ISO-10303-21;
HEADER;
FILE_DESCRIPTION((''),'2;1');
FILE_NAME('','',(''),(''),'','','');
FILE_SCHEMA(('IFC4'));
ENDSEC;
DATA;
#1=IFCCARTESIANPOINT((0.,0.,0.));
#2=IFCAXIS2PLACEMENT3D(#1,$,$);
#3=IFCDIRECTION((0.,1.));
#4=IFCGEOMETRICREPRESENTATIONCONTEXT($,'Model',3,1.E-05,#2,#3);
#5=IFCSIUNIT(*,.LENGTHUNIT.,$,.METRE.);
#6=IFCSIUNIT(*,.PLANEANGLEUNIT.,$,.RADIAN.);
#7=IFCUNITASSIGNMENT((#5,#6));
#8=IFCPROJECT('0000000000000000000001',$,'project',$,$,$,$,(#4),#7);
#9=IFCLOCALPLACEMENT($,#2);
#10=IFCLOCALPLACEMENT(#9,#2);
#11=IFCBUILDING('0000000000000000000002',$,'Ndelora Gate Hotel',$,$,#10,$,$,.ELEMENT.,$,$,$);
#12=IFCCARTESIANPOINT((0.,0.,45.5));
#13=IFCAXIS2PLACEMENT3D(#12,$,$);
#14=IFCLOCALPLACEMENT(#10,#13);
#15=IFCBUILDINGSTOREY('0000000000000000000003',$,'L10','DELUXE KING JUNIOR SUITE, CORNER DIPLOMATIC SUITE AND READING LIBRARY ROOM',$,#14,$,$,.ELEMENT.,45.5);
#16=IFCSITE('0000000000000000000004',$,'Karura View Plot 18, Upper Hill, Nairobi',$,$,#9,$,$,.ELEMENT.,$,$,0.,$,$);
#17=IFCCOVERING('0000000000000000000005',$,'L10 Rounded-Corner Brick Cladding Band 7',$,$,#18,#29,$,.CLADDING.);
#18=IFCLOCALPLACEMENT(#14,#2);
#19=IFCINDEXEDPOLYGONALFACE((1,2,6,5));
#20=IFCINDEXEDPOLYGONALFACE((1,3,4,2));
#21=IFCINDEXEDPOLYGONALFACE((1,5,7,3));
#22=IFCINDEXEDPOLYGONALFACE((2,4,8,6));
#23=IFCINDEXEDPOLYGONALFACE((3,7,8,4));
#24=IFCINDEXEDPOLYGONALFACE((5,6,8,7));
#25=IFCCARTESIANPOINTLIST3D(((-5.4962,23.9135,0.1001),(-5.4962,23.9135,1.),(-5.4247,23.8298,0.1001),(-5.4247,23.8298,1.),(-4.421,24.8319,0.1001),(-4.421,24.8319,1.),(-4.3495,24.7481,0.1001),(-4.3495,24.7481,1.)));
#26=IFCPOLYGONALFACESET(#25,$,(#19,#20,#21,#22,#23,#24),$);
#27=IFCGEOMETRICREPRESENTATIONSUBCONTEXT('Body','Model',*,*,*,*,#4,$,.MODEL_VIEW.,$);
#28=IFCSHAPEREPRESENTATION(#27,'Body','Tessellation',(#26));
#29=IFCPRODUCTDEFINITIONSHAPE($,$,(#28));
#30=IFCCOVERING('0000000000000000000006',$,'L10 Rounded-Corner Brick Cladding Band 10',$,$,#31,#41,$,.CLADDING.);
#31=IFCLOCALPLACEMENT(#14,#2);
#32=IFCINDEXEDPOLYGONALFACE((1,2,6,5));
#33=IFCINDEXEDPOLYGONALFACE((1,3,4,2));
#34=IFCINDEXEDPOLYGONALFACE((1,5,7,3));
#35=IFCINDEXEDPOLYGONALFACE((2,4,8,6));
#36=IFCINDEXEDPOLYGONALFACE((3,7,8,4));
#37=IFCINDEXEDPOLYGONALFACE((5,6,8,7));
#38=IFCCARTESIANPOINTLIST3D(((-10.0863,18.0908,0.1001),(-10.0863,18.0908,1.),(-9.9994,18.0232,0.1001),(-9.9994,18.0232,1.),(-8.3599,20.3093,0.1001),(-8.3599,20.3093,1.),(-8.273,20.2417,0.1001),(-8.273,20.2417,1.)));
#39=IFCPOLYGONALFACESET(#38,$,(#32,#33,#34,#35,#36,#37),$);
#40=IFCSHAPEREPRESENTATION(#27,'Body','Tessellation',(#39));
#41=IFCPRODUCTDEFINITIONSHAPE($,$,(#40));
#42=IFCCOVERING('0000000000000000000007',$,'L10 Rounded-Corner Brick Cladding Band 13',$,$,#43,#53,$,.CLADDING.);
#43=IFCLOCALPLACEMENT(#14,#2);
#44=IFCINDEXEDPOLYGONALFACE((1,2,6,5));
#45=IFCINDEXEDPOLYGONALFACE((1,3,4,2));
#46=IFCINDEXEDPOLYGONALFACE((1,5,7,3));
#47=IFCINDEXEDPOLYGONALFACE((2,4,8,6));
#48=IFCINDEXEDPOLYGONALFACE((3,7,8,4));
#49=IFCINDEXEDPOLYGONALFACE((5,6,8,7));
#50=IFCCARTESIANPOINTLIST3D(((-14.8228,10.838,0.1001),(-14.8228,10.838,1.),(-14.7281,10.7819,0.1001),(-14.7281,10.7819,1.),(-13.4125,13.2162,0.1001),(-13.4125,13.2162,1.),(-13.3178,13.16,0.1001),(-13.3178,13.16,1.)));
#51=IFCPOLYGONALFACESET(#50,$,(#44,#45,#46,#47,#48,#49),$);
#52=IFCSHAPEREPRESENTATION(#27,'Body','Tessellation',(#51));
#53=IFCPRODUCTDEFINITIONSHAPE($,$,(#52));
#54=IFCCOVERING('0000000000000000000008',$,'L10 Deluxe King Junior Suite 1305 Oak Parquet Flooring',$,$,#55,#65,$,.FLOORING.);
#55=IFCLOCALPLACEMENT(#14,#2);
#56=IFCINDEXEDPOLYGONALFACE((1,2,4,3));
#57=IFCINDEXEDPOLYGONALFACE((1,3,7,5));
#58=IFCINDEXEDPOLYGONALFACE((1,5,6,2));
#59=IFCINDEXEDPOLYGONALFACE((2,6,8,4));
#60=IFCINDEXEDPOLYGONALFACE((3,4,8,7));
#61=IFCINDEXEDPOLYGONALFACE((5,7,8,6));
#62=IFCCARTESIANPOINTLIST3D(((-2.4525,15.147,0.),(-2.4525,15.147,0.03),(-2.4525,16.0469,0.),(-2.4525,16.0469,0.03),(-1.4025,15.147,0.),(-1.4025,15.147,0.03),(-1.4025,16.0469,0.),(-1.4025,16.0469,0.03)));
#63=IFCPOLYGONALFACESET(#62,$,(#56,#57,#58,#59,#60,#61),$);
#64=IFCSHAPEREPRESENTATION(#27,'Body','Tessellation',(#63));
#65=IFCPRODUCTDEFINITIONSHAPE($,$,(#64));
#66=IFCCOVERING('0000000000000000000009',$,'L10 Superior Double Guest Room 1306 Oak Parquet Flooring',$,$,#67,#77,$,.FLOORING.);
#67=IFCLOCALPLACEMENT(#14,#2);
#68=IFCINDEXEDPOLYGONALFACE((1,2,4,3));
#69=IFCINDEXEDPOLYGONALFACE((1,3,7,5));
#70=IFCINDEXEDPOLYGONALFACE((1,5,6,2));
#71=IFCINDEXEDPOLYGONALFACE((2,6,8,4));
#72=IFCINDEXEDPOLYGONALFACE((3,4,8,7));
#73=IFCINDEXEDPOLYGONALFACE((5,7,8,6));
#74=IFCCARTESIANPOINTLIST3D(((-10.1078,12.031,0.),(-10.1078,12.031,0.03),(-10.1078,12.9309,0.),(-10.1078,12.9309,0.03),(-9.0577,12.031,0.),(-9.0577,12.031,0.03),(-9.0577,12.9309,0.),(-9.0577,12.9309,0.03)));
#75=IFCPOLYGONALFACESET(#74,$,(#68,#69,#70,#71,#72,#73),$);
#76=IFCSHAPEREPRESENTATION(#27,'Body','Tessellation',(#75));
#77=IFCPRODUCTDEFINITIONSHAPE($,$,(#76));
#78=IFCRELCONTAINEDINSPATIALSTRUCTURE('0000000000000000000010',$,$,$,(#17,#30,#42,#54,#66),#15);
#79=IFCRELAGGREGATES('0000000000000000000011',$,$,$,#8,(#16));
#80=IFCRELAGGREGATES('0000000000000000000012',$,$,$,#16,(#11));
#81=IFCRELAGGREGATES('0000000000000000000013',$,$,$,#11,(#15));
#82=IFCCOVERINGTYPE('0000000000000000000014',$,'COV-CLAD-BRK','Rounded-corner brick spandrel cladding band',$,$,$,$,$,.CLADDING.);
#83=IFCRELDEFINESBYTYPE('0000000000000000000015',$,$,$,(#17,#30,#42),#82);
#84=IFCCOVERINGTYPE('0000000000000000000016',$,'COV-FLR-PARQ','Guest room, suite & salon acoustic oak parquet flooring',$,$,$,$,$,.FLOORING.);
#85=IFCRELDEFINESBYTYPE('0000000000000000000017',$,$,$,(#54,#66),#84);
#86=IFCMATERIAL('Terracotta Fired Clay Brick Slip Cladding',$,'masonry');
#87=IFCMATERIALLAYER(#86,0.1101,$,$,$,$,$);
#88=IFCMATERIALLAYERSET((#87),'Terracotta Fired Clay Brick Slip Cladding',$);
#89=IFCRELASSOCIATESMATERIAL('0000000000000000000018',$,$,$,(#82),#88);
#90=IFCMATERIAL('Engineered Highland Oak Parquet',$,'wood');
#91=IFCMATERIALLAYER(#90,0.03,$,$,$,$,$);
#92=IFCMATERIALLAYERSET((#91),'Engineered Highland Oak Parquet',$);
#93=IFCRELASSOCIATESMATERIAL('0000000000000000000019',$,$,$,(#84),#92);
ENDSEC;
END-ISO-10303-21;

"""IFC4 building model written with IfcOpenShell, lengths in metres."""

from ifc_helpers import new_model, si_unit, direction, frame, origin, origin_2d, place, context, subcontext, project, spatial, rectangle, extrude, material, layer, layer_set, type_object, element, save


model = new_model("IFC4")

# Units and contexts
model_context = context("Model", 3, precision=1e-05, world=origin(), true_north=direction((0.0, 1.0)))
body_context = subcontext(model_context, "Body", "Model", "MODEL_VIEW")
ifc_project = project(units=[si_unit("LENGTHUNIT", "METRE"), si_unit("PLANEANGLEUNIT", "RADIAN")], contexts=[model_context])

# Site, building, storey
site_placement = place(None, origin())
site = spatial("IfcSite", under=ifc_project, at=site_placement, Name="Karura View Plot 18, Upper Hill, Nairobi", CompositionType="ELEMENT", RefElevation=0.0)
building_placement = place(site_placement, origin())
building = spatial("IfcBuilding", under=site, at=building_placement, Name="Ndelora Gate Hotel", CompositionType="ELEMENT")
storey_placement = place(building_placement, frame((0.0, 0.0, 45.5)))
storey = spatial("IfcBuildingStorey", under=building, at=storey_placement, Name="L10", Description="DELUXE KING JUNIOR SUITE, CORNER DIPLOMATIC SUITE AND READING LIBRARY ROOM", CompositionType="ELEMENT", Elevation=45.5)

# Coverings
ifc_material_1 = material(Name="Terracotta Fired Clay Brick Slip Cladding", Category="masonry")
ifc_layer_1 = layer(ifc_material_1, 0.1101)
ifc_layer_set_1 = layer_set([ifc_layer_1], Name="Terracotta Fired Clay Brick Slip Cladding")
covering_type_1 = type_object("IfcCoveringType", Name="COV-CLAD-BRK", Description="Rounded-corner brick spandrel cladding band", PredefinedType="CLADDING", material=ifc_layer_set_1)
for number, where, z_axis, x_axis, name in (
    (1, (-4.9229, 24.3308, 0.1001), (0.0, 0.0, 1.0), (0.760406, 0.649448, 0.0), "L10 Rounded-Corner Brick Cladding Band 7"),
):
    element("IfcCovering", number, at=place(storey_placement, frame(where, z_axis=z_axis, x_axis=x_axis)), inside=storey, type_object=covering_type_1, Name=name, PredefinedType="CLADDING", context=body_context, shape_type="SweptSolid", body=[
        extrude(rectangle(XDim=1.4141, YDim=0.1101, at=origin_2d()), origin(), (0.0, 0.0, 1.0), 0.8999),
    ])
covering_1_placement = place(storey_placement, frame((-9.1797, 19.1663, 0.1001), z_axis=(0.0, 0.0, 1.0), x_axis=(0.614147, 0.789191, 0.0)))
element("IfcCovering", 2, at=covering_1_placement, inside=storey, type_object=covering_type_1, Name="L10 Rounded-Corner Brick Cladding Band 10", PredefinedType="CLADDING", context=body_context, shape_type="SweptSolid", body=[
    extrude(rectangle(XDim=2.811, YDim=0.1101, at=origin_2d()), origin(), (0.0, 0.0, 1.0), 0.8999),
])
covering_2_placement = place(storey_placement, frame((-14.0703, 11.999, 0.1001), z_axis=(0.0, 0.0, 1.0), x_axis=(0.510093, 0.860119, 0.0)))
element("IfcCovering", 3, at=covering_2_placement, inside=storey, type_object=covering_type_1, Name="L10 Rounded-Corner Brick Cladding Band 13", PredefinedType="CLADDING", context=body_context, shape_type="SweptSolid", body=[
    extrude(rectangle(XDim=2.7649, YDim=0.1101, at=origin_2d()), origin(), (0.0, 0.0, 1.0), 0.8999),
])
ifc_material_2 = material(Name="Engineered Highland Oak Parquet", Category="wood")
ifc_layer_2 = layer(ifc_material_2, 0.03)
ifc_layer_set_2 = layer_set([ifc_layer_2], Name="Engineered Highland Oak Parquet")
covering_type_2 = type_object("IfcCoveringType", Name="COV-FLR-PARQ", Description="Guest room, suite & salon acoustic oak parquet flooring", PredefinedType="FLOORING", material=ifc_layer_set_2)
for number, where, z_axis, x_axis, name in (
    (4, (-1.9275, 15.5969, 0.0), (0.0, 0.0, 1.0), (1.0, 0.0, 0.0), "L10 Deluxe King Junior Suite 1305 Oak Parquet Flooring"),
    (5, (-9.5828, 12.481, 0.0), (0.0, 0.0, 1.0), (1.0, 0.0, 0.0), "L10 Superior Double Guest Room 1306 Oak Parquet Flooring"),
):
    element("IfcCovering", number, at=place(storey_placement, frame(where, z_axis=z_axis, x_axis=x_axis)), inside=storey, type_object=covering_type_2, Name=name, PredefinedType="FLOORING", context=body_context, shape_type="SweptSolid", body=[
        extrude(rectangle(XDim=1.05, YDim=0.8999, at=origin_2d()), origin(), (0.0, 0.0, 1.0), 0.03),
    ])

save(model, "model.ifc")
